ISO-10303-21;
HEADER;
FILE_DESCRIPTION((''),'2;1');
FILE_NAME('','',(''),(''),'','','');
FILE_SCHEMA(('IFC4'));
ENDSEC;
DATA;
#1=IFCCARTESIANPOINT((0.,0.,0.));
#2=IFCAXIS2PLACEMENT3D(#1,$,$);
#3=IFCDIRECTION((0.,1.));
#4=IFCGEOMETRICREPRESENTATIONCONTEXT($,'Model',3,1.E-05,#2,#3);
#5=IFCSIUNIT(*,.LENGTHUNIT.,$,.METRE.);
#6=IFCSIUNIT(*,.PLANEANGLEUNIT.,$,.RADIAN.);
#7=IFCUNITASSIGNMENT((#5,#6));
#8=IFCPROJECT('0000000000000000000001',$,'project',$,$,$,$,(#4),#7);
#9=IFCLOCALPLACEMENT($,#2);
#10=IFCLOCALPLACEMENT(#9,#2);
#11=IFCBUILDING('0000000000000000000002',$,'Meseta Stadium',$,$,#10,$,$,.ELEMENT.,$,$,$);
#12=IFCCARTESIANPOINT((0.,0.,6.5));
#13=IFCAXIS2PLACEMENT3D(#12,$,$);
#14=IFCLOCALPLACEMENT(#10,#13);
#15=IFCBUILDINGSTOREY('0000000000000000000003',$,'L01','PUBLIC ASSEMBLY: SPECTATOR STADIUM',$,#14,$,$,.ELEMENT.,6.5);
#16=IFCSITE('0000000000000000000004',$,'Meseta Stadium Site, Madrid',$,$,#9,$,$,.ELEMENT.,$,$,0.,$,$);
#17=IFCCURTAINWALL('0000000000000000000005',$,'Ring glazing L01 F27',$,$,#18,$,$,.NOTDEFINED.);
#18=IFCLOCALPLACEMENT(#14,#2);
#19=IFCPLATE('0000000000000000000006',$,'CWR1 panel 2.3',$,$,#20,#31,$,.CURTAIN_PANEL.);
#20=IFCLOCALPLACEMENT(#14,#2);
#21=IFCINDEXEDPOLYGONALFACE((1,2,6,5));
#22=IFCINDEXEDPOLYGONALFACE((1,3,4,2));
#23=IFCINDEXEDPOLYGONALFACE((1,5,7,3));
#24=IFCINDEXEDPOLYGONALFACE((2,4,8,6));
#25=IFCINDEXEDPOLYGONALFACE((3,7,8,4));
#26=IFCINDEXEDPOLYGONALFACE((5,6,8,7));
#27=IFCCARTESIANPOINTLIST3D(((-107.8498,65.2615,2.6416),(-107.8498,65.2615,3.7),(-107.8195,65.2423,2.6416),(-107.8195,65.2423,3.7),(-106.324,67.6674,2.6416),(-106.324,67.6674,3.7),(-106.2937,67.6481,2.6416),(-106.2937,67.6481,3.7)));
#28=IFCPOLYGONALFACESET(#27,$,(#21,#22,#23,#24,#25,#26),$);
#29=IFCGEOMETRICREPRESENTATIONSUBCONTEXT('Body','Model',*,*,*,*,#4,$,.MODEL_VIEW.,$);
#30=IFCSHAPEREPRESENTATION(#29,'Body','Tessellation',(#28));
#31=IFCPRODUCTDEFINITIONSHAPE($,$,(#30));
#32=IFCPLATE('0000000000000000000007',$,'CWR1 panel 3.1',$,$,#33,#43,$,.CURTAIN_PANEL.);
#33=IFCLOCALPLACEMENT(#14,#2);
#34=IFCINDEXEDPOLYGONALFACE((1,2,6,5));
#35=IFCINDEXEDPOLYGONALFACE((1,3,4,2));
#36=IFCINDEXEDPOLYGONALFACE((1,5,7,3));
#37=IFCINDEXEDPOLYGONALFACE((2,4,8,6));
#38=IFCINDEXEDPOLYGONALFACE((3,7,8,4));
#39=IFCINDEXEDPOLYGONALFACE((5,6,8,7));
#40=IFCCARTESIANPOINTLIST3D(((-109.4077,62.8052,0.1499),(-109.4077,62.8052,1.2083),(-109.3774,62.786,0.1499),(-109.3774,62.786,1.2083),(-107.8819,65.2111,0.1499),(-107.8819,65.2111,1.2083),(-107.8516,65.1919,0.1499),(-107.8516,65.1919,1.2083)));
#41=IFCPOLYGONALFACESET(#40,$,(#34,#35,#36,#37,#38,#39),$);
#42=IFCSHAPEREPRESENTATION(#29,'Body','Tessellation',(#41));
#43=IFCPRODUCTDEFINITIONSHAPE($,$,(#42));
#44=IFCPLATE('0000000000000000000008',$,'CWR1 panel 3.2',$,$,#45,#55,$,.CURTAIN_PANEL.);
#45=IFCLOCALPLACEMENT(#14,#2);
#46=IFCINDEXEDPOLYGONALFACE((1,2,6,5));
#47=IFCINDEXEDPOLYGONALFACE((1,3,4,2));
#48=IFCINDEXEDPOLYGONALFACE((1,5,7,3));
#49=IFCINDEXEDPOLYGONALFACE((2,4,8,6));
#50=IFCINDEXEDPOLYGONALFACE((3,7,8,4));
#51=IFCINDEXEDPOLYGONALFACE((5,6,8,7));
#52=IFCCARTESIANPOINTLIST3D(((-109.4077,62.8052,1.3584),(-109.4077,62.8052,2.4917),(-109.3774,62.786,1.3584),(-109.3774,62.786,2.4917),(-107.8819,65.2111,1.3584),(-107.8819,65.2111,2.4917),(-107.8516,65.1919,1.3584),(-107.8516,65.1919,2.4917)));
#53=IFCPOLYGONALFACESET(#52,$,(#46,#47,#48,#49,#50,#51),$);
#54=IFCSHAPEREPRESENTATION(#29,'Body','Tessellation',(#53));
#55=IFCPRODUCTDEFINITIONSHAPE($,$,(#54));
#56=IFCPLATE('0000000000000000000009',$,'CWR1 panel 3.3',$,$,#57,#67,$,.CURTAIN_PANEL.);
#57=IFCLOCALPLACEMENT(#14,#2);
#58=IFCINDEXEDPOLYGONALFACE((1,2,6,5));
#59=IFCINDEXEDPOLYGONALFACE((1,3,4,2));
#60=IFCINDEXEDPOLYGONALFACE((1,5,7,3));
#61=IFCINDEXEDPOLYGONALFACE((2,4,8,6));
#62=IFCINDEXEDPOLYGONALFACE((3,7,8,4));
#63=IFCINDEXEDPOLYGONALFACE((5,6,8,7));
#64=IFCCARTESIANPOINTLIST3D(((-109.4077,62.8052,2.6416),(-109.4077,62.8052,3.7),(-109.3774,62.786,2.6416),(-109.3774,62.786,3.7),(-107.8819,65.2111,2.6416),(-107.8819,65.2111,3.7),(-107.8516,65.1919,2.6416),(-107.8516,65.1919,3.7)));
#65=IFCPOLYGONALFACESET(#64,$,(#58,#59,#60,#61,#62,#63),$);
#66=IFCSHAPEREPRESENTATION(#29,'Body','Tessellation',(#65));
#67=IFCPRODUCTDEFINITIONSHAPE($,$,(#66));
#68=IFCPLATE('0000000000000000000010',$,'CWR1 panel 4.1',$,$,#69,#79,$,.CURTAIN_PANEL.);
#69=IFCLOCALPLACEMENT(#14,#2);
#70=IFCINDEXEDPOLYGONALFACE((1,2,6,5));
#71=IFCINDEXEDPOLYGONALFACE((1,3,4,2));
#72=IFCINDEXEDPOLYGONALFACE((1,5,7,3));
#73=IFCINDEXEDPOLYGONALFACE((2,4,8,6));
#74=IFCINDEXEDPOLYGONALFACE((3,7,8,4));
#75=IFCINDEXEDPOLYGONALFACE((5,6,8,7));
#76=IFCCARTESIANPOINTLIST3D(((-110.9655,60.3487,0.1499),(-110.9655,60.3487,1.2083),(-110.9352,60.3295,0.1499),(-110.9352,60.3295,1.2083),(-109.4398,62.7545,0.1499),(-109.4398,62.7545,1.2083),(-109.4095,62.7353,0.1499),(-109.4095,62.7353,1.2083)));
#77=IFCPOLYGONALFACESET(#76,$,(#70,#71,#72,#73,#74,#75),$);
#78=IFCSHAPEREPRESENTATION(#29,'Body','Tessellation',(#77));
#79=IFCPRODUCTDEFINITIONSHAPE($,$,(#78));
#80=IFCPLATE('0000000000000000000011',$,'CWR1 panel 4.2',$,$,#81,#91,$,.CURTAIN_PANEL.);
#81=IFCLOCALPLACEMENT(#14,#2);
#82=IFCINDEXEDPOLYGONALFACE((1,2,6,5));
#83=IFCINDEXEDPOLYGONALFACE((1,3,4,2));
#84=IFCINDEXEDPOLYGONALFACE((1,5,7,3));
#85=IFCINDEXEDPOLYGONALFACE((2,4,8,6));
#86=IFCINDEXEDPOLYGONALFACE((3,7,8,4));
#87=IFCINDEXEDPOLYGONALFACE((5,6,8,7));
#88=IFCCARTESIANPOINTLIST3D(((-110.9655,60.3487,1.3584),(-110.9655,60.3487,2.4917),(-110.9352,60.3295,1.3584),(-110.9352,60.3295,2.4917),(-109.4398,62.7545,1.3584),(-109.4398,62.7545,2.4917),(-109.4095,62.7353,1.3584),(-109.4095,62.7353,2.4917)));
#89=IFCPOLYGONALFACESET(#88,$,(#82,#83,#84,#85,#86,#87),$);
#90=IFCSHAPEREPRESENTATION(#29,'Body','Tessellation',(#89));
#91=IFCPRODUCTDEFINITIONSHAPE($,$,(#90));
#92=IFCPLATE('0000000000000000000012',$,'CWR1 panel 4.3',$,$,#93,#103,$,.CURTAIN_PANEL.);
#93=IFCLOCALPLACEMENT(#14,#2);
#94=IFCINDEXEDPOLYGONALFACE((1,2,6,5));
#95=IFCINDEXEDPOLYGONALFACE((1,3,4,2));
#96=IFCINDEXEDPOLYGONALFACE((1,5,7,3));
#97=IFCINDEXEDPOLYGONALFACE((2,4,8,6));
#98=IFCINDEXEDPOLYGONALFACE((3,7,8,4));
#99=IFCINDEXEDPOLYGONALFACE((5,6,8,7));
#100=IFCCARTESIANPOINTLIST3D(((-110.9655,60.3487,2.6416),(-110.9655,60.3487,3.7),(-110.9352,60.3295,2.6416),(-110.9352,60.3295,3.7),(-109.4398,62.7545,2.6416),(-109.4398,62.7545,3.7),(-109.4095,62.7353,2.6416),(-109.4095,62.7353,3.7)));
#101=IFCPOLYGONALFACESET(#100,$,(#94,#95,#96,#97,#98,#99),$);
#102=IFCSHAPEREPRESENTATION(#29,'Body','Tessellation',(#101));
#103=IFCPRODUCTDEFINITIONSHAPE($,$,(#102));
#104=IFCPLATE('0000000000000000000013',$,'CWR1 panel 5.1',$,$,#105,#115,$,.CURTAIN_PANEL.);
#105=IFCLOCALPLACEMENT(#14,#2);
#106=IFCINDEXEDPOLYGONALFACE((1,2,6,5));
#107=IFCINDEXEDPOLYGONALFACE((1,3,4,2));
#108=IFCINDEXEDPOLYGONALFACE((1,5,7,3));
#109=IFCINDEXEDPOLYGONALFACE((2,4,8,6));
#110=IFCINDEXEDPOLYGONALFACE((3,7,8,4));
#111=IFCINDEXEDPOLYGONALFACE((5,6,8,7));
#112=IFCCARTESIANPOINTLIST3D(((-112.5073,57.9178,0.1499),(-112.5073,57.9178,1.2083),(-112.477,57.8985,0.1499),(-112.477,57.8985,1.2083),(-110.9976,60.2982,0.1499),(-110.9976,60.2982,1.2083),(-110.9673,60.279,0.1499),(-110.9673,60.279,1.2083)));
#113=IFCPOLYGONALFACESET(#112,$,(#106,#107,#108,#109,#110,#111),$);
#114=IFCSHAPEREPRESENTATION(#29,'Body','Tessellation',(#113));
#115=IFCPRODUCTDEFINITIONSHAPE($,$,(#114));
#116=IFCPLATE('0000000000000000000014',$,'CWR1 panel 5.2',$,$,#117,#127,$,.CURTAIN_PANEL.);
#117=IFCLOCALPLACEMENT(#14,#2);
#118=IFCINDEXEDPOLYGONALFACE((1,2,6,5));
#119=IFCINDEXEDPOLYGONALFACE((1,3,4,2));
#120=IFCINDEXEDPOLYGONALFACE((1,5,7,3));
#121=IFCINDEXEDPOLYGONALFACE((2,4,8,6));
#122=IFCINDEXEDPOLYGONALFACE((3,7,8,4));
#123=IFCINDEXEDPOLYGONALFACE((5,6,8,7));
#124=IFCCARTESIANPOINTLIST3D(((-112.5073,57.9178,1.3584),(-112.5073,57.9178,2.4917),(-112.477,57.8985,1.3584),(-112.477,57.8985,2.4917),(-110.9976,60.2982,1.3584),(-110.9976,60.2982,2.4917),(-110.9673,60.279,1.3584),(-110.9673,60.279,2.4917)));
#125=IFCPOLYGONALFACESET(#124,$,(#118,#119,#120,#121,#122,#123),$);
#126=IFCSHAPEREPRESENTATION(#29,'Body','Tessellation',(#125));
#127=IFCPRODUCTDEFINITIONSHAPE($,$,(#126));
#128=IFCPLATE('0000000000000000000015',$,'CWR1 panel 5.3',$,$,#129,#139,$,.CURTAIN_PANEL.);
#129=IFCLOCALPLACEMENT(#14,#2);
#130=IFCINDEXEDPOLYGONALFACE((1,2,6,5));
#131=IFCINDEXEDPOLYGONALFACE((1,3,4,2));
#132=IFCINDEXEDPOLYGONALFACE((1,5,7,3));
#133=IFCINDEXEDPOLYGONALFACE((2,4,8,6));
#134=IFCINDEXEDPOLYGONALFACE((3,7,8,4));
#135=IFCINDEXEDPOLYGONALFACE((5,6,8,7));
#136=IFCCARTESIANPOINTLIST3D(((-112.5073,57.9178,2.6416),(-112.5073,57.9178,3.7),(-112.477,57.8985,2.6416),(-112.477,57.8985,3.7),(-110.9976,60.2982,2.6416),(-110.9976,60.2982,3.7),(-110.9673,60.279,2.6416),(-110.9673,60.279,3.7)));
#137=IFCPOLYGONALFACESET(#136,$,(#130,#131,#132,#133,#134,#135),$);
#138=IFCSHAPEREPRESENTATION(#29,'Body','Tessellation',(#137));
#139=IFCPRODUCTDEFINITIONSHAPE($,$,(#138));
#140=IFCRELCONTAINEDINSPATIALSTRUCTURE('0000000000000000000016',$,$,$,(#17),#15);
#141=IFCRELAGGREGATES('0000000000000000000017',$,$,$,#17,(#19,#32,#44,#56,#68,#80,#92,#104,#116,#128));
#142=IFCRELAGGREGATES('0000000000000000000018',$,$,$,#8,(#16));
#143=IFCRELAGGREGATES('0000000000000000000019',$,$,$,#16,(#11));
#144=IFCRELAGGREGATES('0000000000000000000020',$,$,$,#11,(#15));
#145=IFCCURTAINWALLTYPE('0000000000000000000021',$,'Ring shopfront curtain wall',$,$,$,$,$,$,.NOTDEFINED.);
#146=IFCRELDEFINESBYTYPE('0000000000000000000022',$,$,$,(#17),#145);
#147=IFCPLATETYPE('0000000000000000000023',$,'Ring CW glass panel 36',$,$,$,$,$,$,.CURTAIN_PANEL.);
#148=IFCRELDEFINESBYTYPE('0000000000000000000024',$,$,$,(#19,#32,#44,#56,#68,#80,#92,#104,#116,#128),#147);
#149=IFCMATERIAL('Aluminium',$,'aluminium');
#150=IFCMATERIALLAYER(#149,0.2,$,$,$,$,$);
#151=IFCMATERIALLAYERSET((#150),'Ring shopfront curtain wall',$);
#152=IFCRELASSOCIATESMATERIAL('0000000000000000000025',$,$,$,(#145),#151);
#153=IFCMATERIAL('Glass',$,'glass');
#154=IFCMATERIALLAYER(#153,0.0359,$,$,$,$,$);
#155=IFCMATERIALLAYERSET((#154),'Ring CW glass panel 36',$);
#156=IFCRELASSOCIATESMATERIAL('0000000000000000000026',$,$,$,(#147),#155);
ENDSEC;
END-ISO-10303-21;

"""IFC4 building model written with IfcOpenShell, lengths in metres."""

from ifc_helpers import new_model, si_unit, direction, frame, origin, origin_2d, place, context, subcontext, project, spatial, rectangle, extrude, material, layer, layer_set, type_object, element, aggregate, save


model = new_model("IFC4")

# Units and contexts
model_context = context("Model", 3, precision=1e-05, world=origin(), true_north=direction((0.0, 1.0)))
body_context = subcontext(model_context, "Body", "Model", "MODEL_VIEW")
ifc_project = project(units=[si_unit("LENGTHUNIT", "METRE"), si_unit("PLANEANGLEUNIT", "RADIAN")], contexts=[model_context])

# Site, building, storey
site_placement = place(None, origin())
site = spatial("IfcSite", under=ifc_project, at=site_placement, Name="Meseta Stadium Site, Madrid", CompositionType="ELEMENT", RefElevation=0.0)
building_placement = place(site_placement, origin())
building = spatial("IfcBuilding", under=site, at=building_placement, Name="Meseta Stadium", CompositionType="ELEMENT")
storey_placement = place(building_placement, frame((0.0, 0.0, 6.5)))
storey = spatial("IfcBuildingStorey", under=building, at=storey_placement, Name="L01", Description="PUBLIC ASSEMBLY: SPECTATOR STADIUM", CompositionType="ELEMENT", Elevation=6.5)

# Curtain wall, plates
ifc_material_1 = material(Name="Aluminium", Category="aluminium")
ifc_layer_1 = layer(ifc_material_1, 0.2)
ifc_layer_set_1 = layer_set([ifc_layer_1], Name="Ring shopfront curtain wall")
curtain_wall_type = type_object("IfcCurtainWallType", Name="Ring shopfront curtain wall", PredefinedType="NOTDEFINED", material=ifc_layer_set_1)
curtain_wall_placement = place(storey_placement, origin())
curtain_wall = element("IfcCurtainWall", 1, at=curtain_wall_placement, inside=storey, type_object=curtain_wall_type, Name="Ring glazing L01 F27", PredefinedType="NOTDEFINED")
ifc_material_2 = material(Name="Glass", Category="glass")
ifc_layer_2 = layer(ifc_material_2, 0.0359)
ifc_layer_set_2 = layer_set([ifc_layer_2], Name="Ring CW glass panel 36")
plate_type = type_object("IfcPlateType", Name="Ring CW glass panel 36", PredefinedType="CURTAIN_PANEL", material=ifc_layer_set_2)
plate_1_placement = place(storey_placement, frame((-107.0718, 66.4548, 2.6416), z_axis=(0.0, 0.0, 1.0), x_axis=(-0.535569, -0.844491, 0.0)))
plate_1 = element("IfcPlate", 2, at=plate_1_placement, type_object=plate_type, Name="CWR1 panel 2.3", PredefinedType="CURTAIN_PANEL", context=body_context, shape_type="SweptSolid", body=[
    extrude(rectangle(XDim=2.8489, YDim=0.0359, at=origin_2d()), origin(), (0.0, 0.0, 1.0), 1.0583),
])
plate_2_placement = place(storey_placement, frame((-108.6296, 63.9985, 0.1499), z_axis=(0.0, 0.0, 1.0), x_axis=(-0.535569, -0.844491, 0.0)))
plate_2 = element("IfcPlate", 3, at=plate_2_placement, type_object=plate_type, Name="CWR1 panel 3.1", PredefinedType="CURTAIN_PANEL", context=body_context, shape_type="SweptSolid", body=[
    extrude(rectangle(XDim=2.8489, YDim=0.0359, at=origin_2d()), origin(), (0.0, 0.0, 1.0), 1.0583),
])
plate_3_placement = place(storey_placement, frame((-108.6296, 63.9985, 1.3584), z_axis=(0.0, 0.0, 1.0), x_axis=(-0.535569, -0.844491, 0.0)))
plate_3 = element("IfcPlate", 4, at=plate_3_placement, type_object=plate_type, Name="CWR1 panel 3.2", PredefinedType="CURTAIN_PANEL", context=body_context, shape_type="SweptSolid", body=[
    extrude(rectangle(XDim=2.8489, YDim=0.0359, at=origin_2d()), origin(), (0.0, 0.0, 1.0), 1.1333),
])
plate_4_placement = place(storey_placement, frame((-108.6296, 63.9985, 2.6416), z_axis=(0.0, 0.0, 1.0), x_axis=(-0.535569, -0.844491, 0.0)))
plate_4 = element("IfcPlate", 5, at=plate_4_placement, type_object=plate_type, Name="CWR1 panel 3.3", PredefinedType="CURTAIN_PANEL", context=body_context, shape_type="SweptSolid", body=[
    extrude(rectangle(XDim=2.8489, YDim=0.0359, at=origin_2d()), origin(), (0.0, 0.0, 1.0), 1.0583),
])
plate_5_placement = place(storey_placement, frame((-110.1875, 61.542, 0.1499), z_axis=(0.0, 0.0, 1.0), x_axis=(-0.535569, -0.844491, 0.0)))
plate_5 = element("IfcPlate", 6, at=plate_5_placement, type_object=plate_type, Name="CWR1 panel 4.1", PredefinedType="CURTAIN_PANEL", context=body_context, shape_type="SweptSolid", body=[
    extrude(rectangle(XDim=2.8489, YDim=0.0359, at=origin_2d()), origin(), (0.0, 0.0, 1.0), 1.0583),
])
plate_6_placement = place(storey_placement, frame((-110.1875, 61.542, 1.3584), z_axis=(0.0, 0.0, 1.0), x_axis=(-0.535569, -0.844491, 0.0)))
plate_6 = element("IfcPlate", 7, at=plate_6_placement, type_object=plate_type, Name="CWR1 panel 4.2", PredefinedType="CURTAIN_PANEL", context=body_context, shape_type="SweptSolid", body=[
    extrude(rectangle(XDim=2.8489, YDim=0.0359, at=origin_2d()), origin(), (0.0, 0.0, 1.0), 1.1333),
])
plate_7_placement = place(storey_placement, frame((-110.1875, 61.542, 2.6416), z_axis=(0.0, 0.0, 1.0), x_axis=(-0.535569, -0.844491, 0.0)))
plate_7 = element("IfcPlate", 8, at=plate_7_placement, type_object=plate_type, Name="CWR1 panel 4.3", PredefinedType="CURTAIN_PANEL", context=body_context, shape_type="SweptSolid", body=[
    extrude(rectangle(XDim=2.8489, YDim=0.0359, at=origin_2d()), origin(), (0.0, 0.0, 1.0), 1.0583),
])
plate_8_placement = place(storey_placement, frame((-111.7373, 59.0984, 0.1499), z_axis=(0.0, 0.0, 1.0), x_axis=(-0.535569, -0.844491, 0.0)))
plate_8 = element("IfcPlate", 9, at=plate_8_placement, type_object=plate_type, Name="CWR1 panel 5.1", PredefinedType="CURTAIN_PANEL", context=body_context, shape_type="SweptSolid", body=[
    extrude(rectangle(XDim=2.8188, YDim=0.0359, at=origin_2d()), origin(), (0.0, 0.0, 1.0), 1.0583),
])
plate_9_placement = place(storey_placement, frame((-111.7373, 59.0984, 1.3584), z_axis=(0.0, 0.0, 1.0), x_axis=(-0.535569, -0.844491, 0.0)))
plate_9 = element("IfcPlate", 10, at=plate_9_placement, type_object=plate_type, Name="CWR1 panel 5.2", PredefinedType="CURTAIN_PANEL", context=body_context, shape_type="SweptSolid", body=[
    extrude(rectangle(XDim=2.8188, YDim=0.0359, at=origin_2d()), origin(), (0.0, 0.0, 1.0), 1.1333),
])
plate_10_placement = place(storey_placement, frame((-111.7373, 59.0984, 2.6416), z_axis=(0.0, 0.0, 1.0), x_axis=(-0.535569, -0.844491, 0.0)))
plate_10 = element("IfcPlate", 11, at=plate_10_placement, type_object=plate_type, Name="CWR1 panel 5.3", PredefinedType="CURTAIN_PANEL", context=body_context, shape_type="SweptSolid", body=[
    extrude(rectangle(XDim=2.8188, YDim=0.0359, at=origin_2d()), origin(), (0.0, 0.0, 1.0), 1.0583),
])
aggregate(curtain_wall, [plate_1, plate_2, plate_3, plate_4, plate_5, plate_6, plate_7, plate_8, plate_9, plate_10])

save(model, "model.ifc")
